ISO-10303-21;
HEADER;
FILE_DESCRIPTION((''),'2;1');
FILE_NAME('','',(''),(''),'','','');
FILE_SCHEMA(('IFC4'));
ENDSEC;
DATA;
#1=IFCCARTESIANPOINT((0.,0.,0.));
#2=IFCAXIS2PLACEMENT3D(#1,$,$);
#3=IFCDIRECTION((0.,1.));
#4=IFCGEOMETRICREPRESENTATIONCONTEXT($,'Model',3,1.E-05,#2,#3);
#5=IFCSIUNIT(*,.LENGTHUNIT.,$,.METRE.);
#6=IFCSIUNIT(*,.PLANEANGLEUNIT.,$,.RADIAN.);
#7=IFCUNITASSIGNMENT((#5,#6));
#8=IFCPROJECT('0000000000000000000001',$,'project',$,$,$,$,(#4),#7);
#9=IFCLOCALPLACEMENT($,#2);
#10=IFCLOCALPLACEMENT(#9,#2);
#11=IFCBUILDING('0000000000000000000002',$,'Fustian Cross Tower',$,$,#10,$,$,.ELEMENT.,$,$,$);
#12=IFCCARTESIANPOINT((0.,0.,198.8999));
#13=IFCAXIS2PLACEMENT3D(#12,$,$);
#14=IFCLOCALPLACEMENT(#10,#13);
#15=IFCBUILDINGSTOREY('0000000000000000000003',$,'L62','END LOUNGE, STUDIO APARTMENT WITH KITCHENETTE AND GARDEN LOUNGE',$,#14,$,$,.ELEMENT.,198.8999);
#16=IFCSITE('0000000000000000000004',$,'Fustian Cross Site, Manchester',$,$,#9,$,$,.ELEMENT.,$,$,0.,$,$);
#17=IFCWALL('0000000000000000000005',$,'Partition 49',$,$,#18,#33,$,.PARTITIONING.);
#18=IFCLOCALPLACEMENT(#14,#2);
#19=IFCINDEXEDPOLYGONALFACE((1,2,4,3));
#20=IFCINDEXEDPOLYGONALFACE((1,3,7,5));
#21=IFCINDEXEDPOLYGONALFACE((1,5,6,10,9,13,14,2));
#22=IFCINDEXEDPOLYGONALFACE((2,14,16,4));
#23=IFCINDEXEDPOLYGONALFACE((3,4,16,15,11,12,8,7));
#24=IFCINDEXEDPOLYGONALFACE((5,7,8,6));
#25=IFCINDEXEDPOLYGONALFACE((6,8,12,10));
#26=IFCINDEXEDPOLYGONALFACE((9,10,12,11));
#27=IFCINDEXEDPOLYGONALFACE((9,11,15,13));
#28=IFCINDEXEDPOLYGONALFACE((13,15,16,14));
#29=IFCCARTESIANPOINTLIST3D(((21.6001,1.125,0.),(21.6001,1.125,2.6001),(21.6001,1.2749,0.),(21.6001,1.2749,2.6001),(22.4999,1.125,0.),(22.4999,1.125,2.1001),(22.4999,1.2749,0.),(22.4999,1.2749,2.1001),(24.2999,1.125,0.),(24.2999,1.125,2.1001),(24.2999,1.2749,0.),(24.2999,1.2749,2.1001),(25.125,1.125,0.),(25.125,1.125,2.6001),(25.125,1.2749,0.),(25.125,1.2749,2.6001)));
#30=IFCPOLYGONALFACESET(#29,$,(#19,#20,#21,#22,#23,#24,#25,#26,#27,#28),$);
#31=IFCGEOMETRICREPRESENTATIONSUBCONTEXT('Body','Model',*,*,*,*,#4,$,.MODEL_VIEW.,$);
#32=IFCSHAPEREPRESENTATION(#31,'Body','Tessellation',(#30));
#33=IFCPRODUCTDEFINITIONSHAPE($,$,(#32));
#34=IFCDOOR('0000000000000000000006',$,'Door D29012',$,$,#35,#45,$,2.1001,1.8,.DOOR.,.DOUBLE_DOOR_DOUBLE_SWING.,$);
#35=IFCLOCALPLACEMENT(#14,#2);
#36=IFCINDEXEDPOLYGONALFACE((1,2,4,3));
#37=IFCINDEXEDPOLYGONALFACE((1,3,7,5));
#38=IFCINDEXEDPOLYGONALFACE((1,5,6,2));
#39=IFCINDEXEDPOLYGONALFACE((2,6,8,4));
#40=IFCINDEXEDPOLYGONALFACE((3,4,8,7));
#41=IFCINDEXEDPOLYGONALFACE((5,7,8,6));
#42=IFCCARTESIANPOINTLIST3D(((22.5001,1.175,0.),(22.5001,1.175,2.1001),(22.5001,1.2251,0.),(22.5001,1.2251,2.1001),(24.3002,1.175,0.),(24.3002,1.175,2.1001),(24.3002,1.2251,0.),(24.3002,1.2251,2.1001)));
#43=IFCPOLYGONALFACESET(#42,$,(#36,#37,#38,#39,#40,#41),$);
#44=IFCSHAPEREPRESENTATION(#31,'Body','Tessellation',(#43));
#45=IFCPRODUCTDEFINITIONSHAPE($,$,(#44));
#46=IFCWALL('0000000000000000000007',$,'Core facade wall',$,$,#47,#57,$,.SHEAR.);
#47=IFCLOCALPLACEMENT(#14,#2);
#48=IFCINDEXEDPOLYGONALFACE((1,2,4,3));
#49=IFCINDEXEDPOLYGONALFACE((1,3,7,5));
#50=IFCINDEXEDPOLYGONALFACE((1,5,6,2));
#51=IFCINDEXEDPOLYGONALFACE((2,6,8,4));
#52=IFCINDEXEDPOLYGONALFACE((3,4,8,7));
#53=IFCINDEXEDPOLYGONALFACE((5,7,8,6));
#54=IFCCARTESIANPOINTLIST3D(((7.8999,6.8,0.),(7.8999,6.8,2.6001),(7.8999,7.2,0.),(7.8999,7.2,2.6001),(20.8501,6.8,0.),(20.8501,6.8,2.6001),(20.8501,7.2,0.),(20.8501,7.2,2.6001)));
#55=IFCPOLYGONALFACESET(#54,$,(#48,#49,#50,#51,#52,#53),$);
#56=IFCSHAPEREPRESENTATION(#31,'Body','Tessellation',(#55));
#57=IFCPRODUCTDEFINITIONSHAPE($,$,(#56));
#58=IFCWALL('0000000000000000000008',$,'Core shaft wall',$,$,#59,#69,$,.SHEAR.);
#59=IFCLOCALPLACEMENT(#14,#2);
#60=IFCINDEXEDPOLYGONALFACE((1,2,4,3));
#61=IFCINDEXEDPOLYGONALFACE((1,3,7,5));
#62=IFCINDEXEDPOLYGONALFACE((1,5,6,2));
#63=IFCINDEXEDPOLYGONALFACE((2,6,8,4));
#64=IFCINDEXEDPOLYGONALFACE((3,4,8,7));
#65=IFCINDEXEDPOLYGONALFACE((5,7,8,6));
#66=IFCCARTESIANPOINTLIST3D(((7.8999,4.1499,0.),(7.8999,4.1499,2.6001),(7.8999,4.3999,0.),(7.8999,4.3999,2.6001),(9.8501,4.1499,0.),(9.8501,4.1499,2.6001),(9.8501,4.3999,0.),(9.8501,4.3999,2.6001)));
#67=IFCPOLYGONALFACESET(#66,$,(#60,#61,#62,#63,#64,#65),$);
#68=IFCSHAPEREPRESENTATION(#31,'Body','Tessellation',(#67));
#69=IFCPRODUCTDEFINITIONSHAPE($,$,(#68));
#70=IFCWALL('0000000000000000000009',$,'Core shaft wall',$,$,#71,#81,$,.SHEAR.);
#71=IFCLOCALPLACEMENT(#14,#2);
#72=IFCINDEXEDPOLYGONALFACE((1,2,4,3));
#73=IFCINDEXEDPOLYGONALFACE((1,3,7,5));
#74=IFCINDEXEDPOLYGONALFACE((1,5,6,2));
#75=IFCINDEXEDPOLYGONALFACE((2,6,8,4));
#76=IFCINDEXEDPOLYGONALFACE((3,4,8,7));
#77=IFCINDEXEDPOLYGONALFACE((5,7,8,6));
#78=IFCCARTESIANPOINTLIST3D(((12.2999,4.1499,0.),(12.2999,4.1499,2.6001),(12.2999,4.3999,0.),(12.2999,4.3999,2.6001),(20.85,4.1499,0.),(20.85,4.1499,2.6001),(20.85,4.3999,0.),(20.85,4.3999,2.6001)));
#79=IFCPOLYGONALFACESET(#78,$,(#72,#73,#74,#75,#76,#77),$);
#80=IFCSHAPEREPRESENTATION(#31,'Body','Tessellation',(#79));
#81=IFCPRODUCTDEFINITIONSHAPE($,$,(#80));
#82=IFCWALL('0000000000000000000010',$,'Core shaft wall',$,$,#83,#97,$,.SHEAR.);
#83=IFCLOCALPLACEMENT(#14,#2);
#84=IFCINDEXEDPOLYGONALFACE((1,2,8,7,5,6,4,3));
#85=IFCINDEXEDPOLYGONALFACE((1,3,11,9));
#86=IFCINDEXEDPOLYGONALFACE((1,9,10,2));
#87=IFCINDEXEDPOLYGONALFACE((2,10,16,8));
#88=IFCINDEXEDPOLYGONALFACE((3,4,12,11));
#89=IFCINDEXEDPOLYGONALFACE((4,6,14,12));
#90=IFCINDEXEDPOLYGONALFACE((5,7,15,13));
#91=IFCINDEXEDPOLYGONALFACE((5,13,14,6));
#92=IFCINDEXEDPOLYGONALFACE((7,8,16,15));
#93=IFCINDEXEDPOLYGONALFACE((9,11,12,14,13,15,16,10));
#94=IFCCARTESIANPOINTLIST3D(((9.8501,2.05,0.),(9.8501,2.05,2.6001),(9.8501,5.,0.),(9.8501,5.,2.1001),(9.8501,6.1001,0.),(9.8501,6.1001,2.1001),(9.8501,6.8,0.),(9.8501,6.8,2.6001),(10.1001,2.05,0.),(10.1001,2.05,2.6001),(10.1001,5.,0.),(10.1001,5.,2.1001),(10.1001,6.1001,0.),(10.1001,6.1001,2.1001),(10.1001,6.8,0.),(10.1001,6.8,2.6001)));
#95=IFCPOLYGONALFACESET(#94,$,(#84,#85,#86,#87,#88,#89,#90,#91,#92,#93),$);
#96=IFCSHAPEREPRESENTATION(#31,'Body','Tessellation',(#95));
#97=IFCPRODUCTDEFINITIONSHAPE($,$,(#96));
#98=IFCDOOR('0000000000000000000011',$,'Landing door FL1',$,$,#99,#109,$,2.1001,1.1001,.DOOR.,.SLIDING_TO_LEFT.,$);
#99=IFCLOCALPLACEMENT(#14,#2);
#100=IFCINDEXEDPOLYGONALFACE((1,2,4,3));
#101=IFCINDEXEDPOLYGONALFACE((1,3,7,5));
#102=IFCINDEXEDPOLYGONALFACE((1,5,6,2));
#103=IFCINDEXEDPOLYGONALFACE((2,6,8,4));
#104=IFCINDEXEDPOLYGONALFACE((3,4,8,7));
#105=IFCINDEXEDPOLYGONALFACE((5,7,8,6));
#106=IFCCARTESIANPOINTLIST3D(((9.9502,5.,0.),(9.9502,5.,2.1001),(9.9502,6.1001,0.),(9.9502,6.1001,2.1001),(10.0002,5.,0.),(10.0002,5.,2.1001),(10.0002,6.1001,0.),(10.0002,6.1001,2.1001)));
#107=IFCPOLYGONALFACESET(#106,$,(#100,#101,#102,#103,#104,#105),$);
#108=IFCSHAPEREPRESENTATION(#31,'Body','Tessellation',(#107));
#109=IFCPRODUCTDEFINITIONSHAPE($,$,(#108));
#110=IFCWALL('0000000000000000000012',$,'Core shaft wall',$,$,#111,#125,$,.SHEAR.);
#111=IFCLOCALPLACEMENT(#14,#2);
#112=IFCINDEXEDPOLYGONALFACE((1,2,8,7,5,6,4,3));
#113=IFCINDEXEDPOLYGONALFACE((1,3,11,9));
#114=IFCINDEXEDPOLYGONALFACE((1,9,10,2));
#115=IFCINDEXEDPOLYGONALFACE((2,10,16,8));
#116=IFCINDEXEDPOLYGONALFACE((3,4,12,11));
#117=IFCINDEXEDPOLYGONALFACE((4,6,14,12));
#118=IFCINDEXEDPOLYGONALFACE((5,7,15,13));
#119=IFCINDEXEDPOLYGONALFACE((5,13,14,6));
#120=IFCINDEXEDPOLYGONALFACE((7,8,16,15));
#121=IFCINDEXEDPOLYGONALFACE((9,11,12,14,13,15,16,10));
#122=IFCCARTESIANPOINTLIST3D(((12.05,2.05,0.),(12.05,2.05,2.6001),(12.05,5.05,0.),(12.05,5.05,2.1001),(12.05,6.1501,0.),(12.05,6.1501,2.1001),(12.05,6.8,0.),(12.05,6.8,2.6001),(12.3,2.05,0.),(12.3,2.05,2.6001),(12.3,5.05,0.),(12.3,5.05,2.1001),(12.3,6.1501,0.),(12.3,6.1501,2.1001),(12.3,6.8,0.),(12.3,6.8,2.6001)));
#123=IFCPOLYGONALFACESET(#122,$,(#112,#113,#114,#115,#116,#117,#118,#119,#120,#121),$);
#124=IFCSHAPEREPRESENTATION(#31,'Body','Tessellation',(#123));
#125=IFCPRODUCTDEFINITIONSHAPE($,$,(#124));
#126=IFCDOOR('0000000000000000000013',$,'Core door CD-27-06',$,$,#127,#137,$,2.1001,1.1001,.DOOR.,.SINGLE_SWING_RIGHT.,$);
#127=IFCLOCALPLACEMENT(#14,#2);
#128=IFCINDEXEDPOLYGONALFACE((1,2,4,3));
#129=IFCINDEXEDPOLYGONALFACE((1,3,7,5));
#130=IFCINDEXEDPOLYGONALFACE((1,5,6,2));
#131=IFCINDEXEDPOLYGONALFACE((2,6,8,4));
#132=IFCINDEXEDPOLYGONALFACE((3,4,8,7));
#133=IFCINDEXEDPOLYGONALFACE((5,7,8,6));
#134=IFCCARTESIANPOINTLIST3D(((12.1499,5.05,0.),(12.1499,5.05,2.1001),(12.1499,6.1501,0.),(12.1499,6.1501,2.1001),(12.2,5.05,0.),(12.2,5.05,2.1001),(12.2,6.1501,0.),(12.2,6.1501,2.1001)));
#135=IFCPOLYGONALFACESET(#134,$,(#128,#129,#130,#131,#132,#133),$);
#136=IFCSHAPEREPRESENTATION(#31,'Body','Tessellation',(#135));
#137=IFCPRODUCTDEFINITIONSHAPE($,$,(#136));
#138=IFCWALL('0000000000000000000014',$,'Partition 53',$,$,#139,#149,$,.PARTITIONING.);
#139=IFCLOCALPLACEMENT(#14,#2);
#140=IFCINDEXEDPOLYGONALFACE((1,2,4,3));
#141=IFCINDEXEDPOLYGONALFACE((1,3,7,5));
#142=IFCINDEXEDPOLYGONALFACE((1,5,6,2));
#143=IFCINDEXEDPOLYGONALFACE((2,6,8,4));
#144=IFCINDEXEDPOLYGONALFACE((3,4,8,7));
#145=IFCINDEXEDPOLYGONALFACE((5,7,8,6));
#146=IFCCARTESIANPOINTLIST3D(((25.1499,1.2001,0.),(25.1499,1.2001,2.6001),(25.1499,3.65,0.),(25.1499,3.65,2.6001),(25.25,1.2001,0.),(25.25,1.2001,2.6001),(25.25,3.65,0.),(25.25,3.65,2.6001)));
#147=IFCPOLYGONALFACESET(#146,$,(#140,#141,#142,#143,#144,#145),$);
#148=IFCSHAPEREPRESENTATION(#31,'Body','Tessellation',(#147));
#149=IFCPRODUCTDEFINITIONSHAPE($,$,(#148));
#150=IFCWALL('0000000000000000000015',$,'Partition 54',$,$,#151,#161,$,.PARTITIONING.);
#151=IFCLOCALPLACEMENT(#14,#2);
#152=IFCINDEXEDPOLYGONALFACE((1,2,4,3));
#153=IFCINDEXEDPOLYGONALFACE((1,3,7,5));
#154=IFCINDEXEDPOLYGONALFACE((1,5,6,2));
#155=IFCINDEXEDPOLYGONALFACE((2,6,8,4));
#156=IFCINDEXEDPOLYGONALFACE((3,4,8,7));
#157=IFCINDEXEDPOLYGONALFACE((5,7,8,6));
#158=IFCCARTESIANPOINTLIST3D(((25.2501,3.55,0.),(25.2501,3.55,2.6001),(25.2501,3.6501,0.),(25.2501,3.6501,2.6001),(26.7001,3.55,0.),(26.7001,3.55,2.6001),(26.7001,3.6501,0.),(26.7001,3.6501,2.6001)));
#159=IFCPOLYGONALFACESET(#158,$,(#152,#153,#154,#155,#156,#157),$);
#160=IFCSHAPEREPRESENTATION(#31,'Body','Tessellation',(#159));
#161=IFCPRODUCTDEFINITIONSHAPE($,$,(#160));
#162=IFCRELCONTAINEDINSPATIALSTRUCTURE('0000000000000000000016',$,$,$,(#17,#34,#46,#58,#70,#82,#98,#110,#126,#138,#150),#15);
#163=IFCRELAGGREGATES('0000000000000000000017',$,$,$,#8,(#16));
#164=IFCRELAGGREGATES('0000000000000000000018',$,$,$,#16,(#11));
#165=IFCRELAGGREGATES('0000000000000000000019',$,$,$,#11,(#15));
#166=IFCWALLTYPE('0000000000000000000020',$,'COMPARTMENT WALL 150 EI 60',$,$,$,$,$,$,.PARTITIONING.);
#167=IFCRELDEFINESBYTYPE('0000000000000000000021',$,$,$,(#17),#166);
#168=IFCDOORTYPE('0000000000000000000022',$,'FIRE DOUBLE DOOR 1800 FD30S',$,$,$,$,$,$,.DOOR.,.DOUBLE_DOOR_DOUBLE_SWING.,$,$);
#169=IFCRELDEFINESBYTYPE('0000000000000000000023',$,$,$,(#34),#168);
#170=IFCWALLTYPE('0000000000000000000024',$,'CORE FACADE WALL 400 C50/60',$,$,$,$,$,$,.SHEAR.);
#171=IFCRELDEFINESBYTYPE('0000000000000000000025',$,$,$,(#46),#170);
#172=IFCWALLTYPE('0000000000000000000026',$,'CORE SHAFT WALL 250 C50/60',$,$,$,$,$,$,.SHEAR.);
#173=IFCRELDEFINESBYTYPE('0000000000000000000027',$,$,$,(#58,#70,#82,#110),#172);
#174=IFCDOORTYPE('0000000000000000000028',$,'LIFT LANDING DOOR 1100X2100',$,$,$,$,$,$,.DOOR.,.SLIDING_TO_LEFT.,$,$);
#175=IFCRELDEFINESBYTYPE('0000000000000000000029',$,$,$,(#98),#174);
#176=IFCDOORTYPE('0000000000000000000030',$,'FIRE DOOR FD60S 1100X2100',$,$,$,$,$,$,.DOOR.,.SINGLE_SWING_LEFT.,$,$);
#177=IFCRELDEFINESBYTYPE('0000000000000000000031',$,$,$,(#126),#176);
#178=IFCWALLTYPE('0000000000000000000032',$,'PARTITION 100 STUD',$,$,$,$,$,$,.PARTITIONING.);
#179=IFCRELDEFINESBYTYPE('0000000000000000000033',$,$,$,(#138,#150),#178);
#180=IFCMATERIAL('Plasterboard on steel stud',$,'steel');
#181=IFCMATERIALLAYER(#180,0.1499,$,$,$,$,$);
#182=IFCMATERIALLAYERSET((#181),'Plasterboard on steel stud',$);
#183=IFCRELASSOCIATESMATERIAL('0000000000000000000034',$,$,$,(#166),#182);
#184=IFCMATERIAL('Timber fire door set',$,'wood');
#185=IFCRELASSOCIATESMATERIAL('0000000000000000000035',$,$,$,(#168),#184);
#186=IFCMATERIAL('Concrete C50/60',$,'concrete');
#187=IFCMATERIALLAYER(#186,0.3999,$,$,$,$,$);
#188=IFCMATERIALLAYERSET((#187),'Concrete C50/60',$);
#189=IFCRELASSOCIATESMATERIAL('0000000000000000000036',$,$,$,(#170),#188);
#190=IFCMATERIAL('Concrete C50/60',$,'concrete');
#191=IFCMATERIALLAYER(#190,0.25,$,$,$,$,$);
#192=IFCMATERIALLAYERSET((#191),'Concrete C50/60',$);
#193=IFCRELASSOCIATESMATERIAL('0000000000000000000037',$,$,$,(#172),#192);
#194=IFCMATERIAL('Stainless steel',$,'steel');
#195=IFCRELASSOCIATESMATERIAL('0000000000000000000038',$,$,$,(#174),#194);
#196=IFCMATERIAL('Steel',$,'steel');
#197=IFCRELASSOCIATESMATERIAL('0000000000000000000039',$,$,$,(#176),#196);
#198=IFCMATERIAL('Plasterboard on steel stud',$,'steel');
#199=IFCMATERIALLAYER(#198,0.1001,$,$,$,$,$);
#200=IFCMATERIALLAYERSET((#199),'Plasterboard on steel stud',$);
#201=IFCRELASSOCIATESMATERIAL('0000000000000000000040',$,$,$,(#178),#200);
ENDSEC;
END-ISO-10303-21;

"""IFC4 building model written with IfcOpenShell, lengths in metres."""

from ifc_helpers import new_model, si_unit, direction, frame, frame_2d, origin, place, context, subcontext, project, spatial, rectangle, extrude, material, layer, layer_set, type_object, element, fill, save


model = new_model("IFC4")

# Units and contexts
model_context = context("Model", 3, precision=1e-05, world=origin(), true_north=direction((0.0, 1.0)))
body_context = subcontext(model_context, "Body", "Model", "MODEL_VIEW")
ifc_project = project(units=[si_unit("LENGTHUNIT", "METRE"), si_unit("PLANEANGLEUNIT", "RADIAN")], contexts=[model_context])

# Site, building, storey
site_placement = place(None, origin())
site = spatial("IfcSite", under=ifc_project, at=site_placement, Name="Fustian Cross Site, Manchester", CompositionType="ELEMENT", RefElevation=0.0)
building_placement = place(site_placement, origin())
building = spatial("IfcBuilding", under=site, at=building_placement, Name="Fustian Cross Tower", CompositionType="ELEMENT")
storey_placement = place(building_placement, frame((0.0, 0.0, 198.8999)))
storey = spatial("IfcBuildingStorey", under=building, at=storey_placement, Name="L62", Description="END LOUNGE, STUDIO APARTMENT WITH KITCHENETTE AND GARDEN LOUNGE", CompositionType="ELEMENT", Elevation=198.8999)

# Wall, opening, door
ifc_material_1 = material(Name="Plasterboard on steel stud", Category="steel")
ifc_layer_1 = layer(ifc_material_1, 0.1499)
ifc_layer_set_1 = layer_set([ifc_layer_1], Name="Plasterboard on steel stud")
wall_type_1 = type_object("IfcWallType", Name="COMPARTMENT WALL 150 EI 60", PredefinedType="PARTITIONING", material=ifc_layer_set_1)
wall_1_placement = place(storey_placement, frame((21.6001, 1.2, 0.0), z_axis=(0.0, 0.0, 1.0), x_axis=(1.0, 0.0, 0.0)))
wall_1 = element("IfcWall", 1, at=wall_1_placement, inside=storey, type_object=wall_type_1, Name="Partition 49", PredefinedType="PARTITIONING", context=body_context, shape_type="SweptSolid", body=[
    extrude(rectangle(XDim=3.5249, YDim=0.1499, at=frame_2d((1.7625, 0.0))), origin(), (0.0, 0.0, 1.0), 2.6001),
])
opening_1_placement = place(wall_1_placement, frame((0.8999, 0.0, 0.0)))
opening_1 = element("IfcOpeningElement", 2, at=opening_1_placement, cuts=wall_1, PredefinedType="OPENING", context=body_context, shape_type="SweptSolid", body=[
    extrude(rectangle(XDim=1.8, YDim=2.1001, at=frame_2d((0.8999, 1.05))), frame((0.0, 0.085, 0.0), z_axis=(0.0, -1.0, 0.0), x_axis=(1.0, 0.0, 0.0)), (0.0, 0.0, 1.0), 0.1699),
])
ifc_material_2 = material(Name="Timber fire door set", Category="wood")
door_type_1 = type_object("IfcDoorType", Name="FIRE DOUBLE DOOR 1800 FD30S", OperationType="DOUBLE_DOOR_DOUBLE_SWING", PredefinedType="DOOR", material=ifc_material_2)
door_1_placement = place(opening_1_placement, frame((1.8, 0.0, 0.0), z_axis=(0.0, 0.0, 1.0), x_axis=(-1.0, 0.0, 0.0)))
door_1 = element("IfcDoor", 3, at=door_1_placement, inside=storey, type_object=door_type_1, Name="Door D29012", OperationType="DOUBLE_DOOR_DOUBLE_SWING", OverallHeight=2.1001, OverallWidth=1.8, PredefinedType="DOOR", context=body_context, shape_type="SweptSolid", body=[
    extrude(rectangle(XDim=1.8, YDim=2.1001, at=frame_2d((0.8999, 1.05))), frame((0.0, 0.0249, 0.0), z_axis=(0.0, -1.0, 0.0), x_axis=(1.0, 0.0, 0.0)), (0.0, 0.0, 1.0), 0.05),
])
fill(opening_1, door_1)

# Walls
ifc_material_3 = material(Name="Concrete C50/60", Category="concrete")
ifc_layer_2 = layer(ifc_material_3, 0.3999)
ifc_layer_set_2 = layer_set([ifc_layer_2], Name="Concrete C50/60")
wall_type_2 = type_object("IfcWallType", Name="CORE FACADE WALL 400 C50/60", PredefinedType="SHEAR", material=ifc_layer_set_2)
wall_2_placement = place(storey_placement, frame((7.8999, 7.0, 0.0), z_axis=(0.0, 0.0, 1.0), x_axis=(1.0, 0.0, 0.0)))
element("IfcWall", 4, at=wall_2_placement, inside=storey, type_object=wall_type_2, Name="Core facade wall", PredefinedType="SHEAR", context=body_context, shape_type="SweptSolid", body=[
    extrude(rectangle(XDim=12.9502, YDim=0.3999, at=frame_2d((6.4751, 0.0))), origin(), (0.0, 0.0, 1.0), 2.6001),
])
ifc_material_4 = material(Name="Concrete C50/60", Category="concrete")
ifc_layer_3 = layer(ifc_material_4, 0.25)
ifc_layer_set_3 = layer_set([ifc_layer_3], Name="Concrete C50/60")
wall_type_3 = type_object("IfcWallType", Name="CORE SHAFT WALL 250 C50/60", PredefinedType="SHEAR", material=ifc_layer_set_3)
wall_3_placement = place(storey_placement, frame((7.8999, 4.2749, 0.0), z_axis=(0.0, 0.0, 1.0), x_axis=(1.0, 0.0, 0.0)))
element("IfcWall", 5, at=wall_3_placement, inside=storey, type_object=wall_type_3, Name="Core shaft wall", PredefinedType="SHEAR", context=body_context, shape_type="SweptSolid", body=[
    extrude(rectangle(XDim=1.9502, YDim=0.25, at=frame_2d((0.9751, 0.0))), origin(), (0.0, 0.0, 1.0), 2.6001),
])
wall_4_placement = place(storey_placement, frame((12.3, 4.2749, 0.0), z_axis=(0.0, 0.0, 1.0), x_axis=(1.0, 0.0, 0.0)))
element("IfcWall", 6, at=wall_4_placement, inside=storey, type_object=wall_type_3, Name="Core shaft wall", PredefinedType="SHEAR", context=body_context, shape_type="SweptSolid", body=[
    extrude(rectangle(XDim=8.55, YDim=0.25, at=frame_2d((4.2749, 0.0))), origin(), (0.0, 0.0, 1.0), 2.6001),
])

# Walls, openings, doors
wall_5_placement = place(storey_placement, frame((9.9751, 2.05, 0.0), z_axis=(0.0, 0.0, 1.0), x_axis=(0.0, 1.0, 0.0)))
wall_5 = element("IfcWall", 7, at=wall_5_placement, inside=storey, type_object=wall_type_3, Name="Core shaft wall", PredefinedType="SHEAR", context=body_context, shape_type="SweptSolid", body=[
    extrude(rectangle(XDim=4.75, YDim=0.25, at=frame_2d((2.375, 0.0))), origin(), (0.0, 0.0, 1.0), 2.6001),
])
opening_2_placement = place(wall_5_placement, frame((2.95, 0.0, 0.0)))
opening_2 = element("IfcOpeningElement", 8, at=opening_2_placement, cuts=wall_5, PredefinedType="OPENING", context=body_context, shape_type="SweptSolid", body=[
    extrude(rectangle(XDim=1.1001, YDim=2.1001, at=frame_2d((0.55, 1.05))), frame((0.0, 0.135, 0.0), z_axis=(0.0, -1.0, 0.0), x_axis=(1.0, 0.0, 0.0)), (0.0, 0.0, 1.0), 0.27),
])
ifc_material_5 = material(Name="Stainless steel", Category="steel")
door_type_2 = type_object("IfcDoorType", Name="LIFT LANDING DOOR 1100X2100", OperationType="SLIDING_TO_LEFT", PredefinedType="DOOR", material=ifc_material_5)
door_2_placement = place(opening_2_placement, origin())
door_2 = element("IfcDoor", 9, at=door_2_placement, inside=storey, type_object=door_type_2, Name="Landing door FL1", OperationType="SLIDING_TO_LEFT", OverallHeight=2.1001, OverallWidth=1.1001, PredefinedType="DOOR", context=body_context, shape_type="SweptSolid", body=[
    extrude(rectangle(XDim=1.1001, YDim=2.1001, at=frame_2d((0.55, 1.05))), frame((0.0, 0.0249, 0.0), z_axis=(0.0, -1.0, 0.0), x_axis=(1.0, 0.0, 0.0)), (0.0, 0.0, 1.0), 0.05),
])
fill(opening_2, door_2)
wall_6_placement = place(storey_placement, frame((12.175, 2.05, 0.0), z_axis=(0.0, 0.0, 1.0), x_axis=(0.0, 1.0, 0.0)))
wall_6 = element("IfcWall", 10, at=wall_6_placement, inside=storey, type_object=wall_type_3, Name="Core shaft wall", PredefinedType="SHEAR", context=body_context, shape_type="SweptSolid", body=[
    extrude(rectangle(XDim=4.75, YDim=0.25, at=frame_2d((2.375, 0.0))), origin(), (0.0, 0.0, 1.0), 2.6001),
])
opening_3_placement = place(wall_6_placement, frame((3.0, 0.0, 0.0)))
opening_3 = element("IfcOpeningElement", 11, at=opening_3_placement, cuts=wall_6, PredefinedType="OPENING", context=body_context, shape_type="SweptSolid", body=[
    extrude(rectangle(XDim=1.1001, YDim=2.1001, at=frame_2d((0.55, 1.05))), frame((0.0, 0.135, 0.0), z_axis=(0.0, -1.0, 0.0), x_axis=(1.0, 0.0, 0.0)), (0.0, 0.0, 1.0), 0.27),
])
ifc_material_6 = material(Name="Steel", Category="steel")
door_type_3 = type_object("IfcDoorType", Name="FIRE DOOR FD60S 1100X2100", OperationType="SINGLE_SWING_LEFT", PredefinedType="DOOR", material=ifc_material_6)
door_3_placement = place(opening_3_placement, frame((1.1001, 0.0, 0.0), z_axis=(0.0, 0.0, 1.0), x_axis=(-1.0, 0.0, 0.0)))
door_3 = element("IfcDoor", 12, at=door_3_placement, inside=storey, type_object=door_type_3, Name="Core door CD-27-06", OperationType="SINGLE_SWING_RIGHT", OverallHeight=2.1001, OverallWidth=1.1001, PredefinedType="DOOR", context=body_context, shape_type="SweptSolid", body=[
    extrude(rectangle(XDim=1.1001, YDim=2.1001, at=frame_2d((0.55, 1.05))), frame((0.0, 0.0249, 0.0), z_axis=(0.0, -1.0, 0.0), x_axis=(1.0, 0.0, 0.0)), (0.0, 0.0, 1.0), 0.05),
])
fill(opening_3, door_3)

# Walls
ifc_material_7 = material(Name="Plasterboard on steel stud", Category="steel")
ifc_layer_4 = layer(ifc_material_7, 0.1001)
ifc_layer_set_4 = layer_set([ifc_layer_4], Name="Plasterboard on steel stud")
wall_type_4 = type_object("IfcWallType", Name="PARTITION 100 STUD", PredefinedType="PARTITIONING", material=ifc_layer_set_4)
wall_7_placement = place(storey_placement, frame((25.2, 1.2, 0.0), z_axis=(0.0, 0.0, 1.0), x_axis=(0.0, 1.0, 0.0)))
element("IfcWall", 13, at=wall_7_placement, inside=storey, type_object=wall_type_4, Name="Partition 53", PredefinedType="PARTITIONING", context=body_context, shape_type="SweptSolid", body=[
    extrude(rectangle(XDim=2.45, YDim=0.1001, at=frame_2d((1.2251, 0.0))), origin(), (0.0, 0.0, 1.0), 2.6001),
])
wall_8_placement = place(storey_placement, frame((25.25, 3.6001, 0.0), z_axis=(0.0, 0.0, 1.0), x_axis=(1.0, 0.0, 0.0)))
element("IfcWall", 14, at=wall_8_placement, inside=storey, type_object=wall_type_4, Name="Partition 54", PredefinedType="PARTITIONING", context=body_context, shape_type="SweptSolid", body=[
    extrude(rectangle(XDim=1.45, YDim=0.1001, at=frame_2d((0.7251, 0.0))), origin(), (0.0, 0.0, 1.0), 2.6001),
])

save(model, "model.ifc")
